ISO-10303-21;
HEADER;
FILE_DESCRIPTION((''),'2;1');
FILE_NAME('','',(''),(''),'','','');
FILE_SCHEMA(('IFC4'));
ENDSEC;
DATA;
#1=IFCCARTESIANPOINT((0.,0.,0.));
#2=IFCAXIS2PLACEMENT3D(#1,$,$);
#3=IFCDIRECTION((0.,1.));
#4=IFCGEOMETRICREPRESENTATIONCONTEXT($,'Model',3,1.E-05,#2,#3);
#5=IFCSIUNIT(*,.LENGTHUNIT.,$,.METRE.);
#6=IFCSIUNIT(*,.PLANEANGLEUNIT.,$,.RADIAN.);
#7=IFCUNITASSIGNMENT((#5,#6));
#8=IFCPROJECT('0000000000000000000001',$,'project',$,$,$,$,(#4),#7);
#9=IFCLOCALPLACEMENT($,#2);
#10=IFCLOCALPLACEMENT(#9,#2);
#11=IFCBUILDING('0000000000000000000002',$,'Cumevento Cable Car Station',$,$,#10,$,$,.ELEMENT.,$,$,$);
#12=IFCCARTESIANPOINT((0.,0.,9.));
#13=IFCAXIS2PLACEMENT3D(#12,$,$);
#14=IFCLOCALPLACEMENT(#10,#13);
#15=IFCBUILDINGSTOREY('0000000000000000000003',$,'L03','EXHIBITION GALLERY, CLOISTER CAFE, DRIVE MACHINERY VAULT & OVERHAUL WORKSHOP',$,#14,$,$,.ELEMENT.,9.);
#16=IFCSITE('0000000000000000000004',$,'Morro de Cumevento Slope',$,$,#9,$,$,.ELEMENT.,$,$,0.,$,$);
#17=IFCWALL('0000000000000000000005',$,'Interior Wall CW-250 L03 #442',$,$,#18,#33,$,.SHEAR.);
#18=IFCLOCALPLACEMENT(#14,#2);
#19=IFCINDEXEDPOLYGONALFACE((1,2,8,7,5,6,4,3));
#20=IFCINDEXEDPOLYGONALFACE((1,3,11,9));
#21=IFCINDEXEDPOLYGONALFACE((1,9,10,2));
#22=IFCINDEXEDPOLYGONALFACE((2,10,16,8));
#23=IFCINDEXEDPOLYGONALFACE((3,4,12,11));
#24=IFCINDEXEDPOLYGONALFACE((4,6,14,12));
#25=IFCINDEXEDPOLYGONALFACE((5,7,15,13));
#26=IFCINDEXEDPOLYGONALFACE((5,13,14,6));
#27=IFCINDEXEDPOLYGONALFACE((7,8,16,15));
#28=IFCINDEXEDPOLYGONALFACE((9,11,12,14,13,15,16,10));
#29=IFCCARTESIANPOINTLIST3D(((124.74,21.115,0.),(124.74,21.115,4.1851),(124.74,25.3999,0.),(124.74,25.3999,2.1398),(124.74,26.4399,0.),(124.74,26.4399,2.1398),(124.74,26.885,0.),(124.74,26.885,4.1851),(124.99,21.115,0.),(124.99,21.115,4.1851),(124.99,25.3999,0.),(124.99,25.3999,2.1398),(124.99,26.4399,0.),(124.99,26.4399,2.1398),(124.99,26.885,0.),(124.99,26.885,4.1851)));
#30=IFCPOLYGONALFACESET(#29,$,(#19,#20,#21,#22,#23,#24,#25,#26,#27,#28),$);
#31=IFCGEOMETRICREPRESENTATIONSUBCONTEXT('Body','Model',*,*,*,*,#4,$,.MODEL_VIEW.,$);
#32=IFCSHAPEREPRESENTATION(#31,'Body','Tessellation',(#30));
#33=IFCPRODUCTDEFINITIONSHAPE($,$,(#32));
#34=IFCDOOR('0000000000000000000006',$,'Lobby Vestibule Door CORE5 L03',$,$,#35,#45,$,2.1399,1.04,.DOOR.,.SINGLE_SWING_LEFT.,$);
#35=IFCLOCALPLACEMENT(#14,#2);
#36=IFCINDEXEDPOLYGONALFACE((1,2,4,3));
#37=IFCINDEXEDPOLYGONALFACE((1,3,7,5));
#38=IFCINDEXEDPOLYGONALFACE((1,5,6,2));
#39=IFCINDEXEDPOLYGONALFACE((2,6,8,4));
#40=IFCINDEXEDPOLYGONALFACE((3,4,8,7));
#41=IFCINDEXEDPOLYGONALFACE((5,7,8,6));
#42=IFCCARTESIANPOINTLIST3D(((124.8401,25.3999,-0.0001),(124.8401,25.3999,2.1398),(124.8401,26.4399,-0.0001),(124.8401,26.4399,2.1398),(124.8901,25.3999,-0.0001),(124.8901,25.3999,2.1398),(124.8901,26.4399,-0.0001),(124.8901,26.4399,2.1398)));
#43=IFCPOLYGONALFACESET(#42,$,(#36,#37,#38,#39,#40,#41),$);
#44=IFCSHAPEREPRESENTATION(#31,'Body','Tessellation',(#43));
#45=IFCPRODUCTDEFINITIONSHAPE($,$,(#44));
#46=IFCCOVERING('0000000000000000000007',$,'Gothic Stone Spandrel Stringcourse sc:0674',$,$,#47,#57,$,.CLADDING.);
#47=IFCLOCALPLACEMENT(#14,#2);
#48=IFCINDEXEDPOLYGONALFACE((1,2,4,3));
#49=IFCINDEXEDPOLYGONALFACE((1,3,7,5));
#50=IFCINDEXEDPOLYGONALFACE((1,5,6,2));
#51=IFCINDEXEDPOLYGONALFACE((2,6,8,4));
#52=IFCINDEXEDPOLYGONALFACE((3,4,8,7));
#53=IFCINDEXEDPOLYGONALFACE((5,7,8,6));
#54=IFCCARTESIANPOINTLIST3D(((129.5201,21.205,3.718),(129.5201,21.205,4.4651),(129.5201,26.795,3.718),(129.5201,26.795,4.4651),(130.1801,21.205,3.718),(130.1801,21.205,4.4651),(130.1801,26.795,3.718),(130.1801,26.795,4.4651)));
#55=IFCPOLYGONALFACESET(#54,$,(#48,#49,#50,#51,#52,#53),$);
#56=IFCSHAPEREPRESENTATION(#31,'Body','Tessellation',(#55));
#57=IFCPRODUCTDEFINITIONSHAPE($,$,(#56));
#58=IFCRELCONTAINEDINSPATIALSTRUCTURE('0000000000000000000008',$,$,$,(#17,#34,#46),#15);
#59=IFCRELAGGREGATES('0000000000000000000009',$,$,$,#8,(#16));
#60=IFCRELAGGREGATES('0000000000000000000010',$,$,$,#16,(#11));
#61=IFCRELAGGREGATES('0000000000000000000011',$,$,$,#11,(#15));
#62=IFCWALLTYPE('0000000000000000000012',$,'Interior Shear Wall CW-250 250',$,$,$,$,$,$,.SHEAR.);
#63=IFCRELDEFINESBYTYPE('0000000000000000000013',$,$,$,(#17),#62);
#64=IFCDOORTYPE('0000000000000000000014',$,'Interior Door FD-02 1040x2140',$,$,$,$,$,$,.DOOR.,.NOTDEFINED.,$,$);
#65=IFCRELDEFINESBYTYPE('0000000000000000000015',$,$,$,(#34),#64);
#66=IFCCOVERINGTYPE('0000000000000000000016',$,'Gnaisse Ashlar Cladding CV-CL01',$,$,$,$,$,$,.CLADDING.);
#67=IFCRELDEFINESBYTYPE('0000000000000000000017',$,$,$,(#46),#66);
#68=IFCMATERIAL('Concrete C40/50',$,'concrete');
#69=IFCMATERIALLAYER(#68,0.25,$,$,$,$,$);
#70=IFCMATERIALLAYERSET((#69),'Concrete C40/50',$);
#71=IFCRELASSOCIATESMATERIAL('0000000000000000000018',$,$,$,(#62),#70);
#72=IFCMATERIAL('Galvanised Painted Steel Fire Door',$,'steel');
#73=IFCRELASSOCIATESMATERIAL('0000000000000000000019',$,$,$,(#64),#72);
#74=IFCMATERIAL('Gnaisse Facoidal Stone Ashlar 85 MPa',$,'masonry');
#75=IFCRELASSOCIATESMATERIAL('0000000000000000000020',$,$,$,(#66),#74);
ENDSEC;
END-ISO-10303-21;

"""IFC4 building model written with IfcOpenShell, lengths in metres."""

from ifc_helpers import new_model, si_unit, direction, frame, frame_2d, origin, origin_2d, place, context, subcontext, project, spatial, rectangle, extrude, material, layer, layer_set, type_object, element, fill, save


model = new_model("IFC4")

# Units and contexts
model_context = context("Model", 3, precision=1e-05, world=origin(), true_north=direction((0.0, 1.0)))
body_context = subcontext(model_context, "Body", "Model", "MODEL_VIEW")
ifc_project = project(units=[si_unit("LENGTHUNIT", "METRE"), si_unit("PLANEANGLEUNIT", "RADIAN")], contexts=[model_context])

# Site, building, storey
site_placement = place(None, origin())
site = spatial("IfcSite", under=ifc_project, at=site_placement, Name="Morro de Cumevento Slope", CompositionType="ELEMENT", RefElevation=0.0)
building_placement = place(site_placement, origin())
building = spatial("IfcBuilding", under=site, at=building_placement, Name="Cumevento Cable Car Station", CompositionType="ELEMENT")
storey_placement = place(building_placement, frame((0.0, 0.0, 9.0)))
storey = spatial("IfcBuildingStorey", under=building, at=storey_placement, Name="L03", Description="EXHIBITION GALLERY, CLOISTER CAFE, DRIVE MACHINERY VAULT & OVERHAUL WORKSHOP", CompositionType="ELEMENT", Elevation=9.0)

# Wall, opening, door
ifc_material_1 = material(Name="Concrete C40/50", Category="concrete")
ifc_layer_1 = layer(ifc_material_1, 0.25)
ifc_layer_set_1 = layer_set([ifc_layer_1], Name="Concrete C40/50")
wall_type_1 = type_object("IfcWallType", Name="Interior Shear Wall CW-250 250", PredefinedType="SHEAR", material=ifc_layer_set_1)
wall_1_placement = place(storey_placement, frame((124.865, 21.115, 0.0), z_axis=(0.0, 0.0, 1.0), x_axis=(0.0, 1.0, 0.0)))
wall_1 = element("IfcWall", 1, at=wall_1_placement, inside=storey, type_object=wall_type_1, Name="Interior Wall CW-250 L03 #442", PredefinedType="SHEAR", context=body_context, shape_type="SweptSolid", body=[
    extrude(rectangle(XDim=5.77, YDim=0.25, at=frame_2d((2.885, 0.0))), origin(), (0.0, 0.0, 1.0), 4.1851),
])
opening_1_placement = place(wall_1_placement, frame((4.2849, 0.0, 0.0)))
opening_1 = element("IfcOpeningElement", 2, at=opening_1_placement, cuts=wall_1, PredefinedType="OPENING", context=body_context, shape_type="SweptSolid", body=[
    extrude(rectangle(XDim=1.04, YDim=2.1399, at=frame_2d((0.52, 1.0698))), frame((0.0, 0.135, 0.0), z_axis=(0.0, -1.0, 0.0), x_axis=(1.0, 0.0, 0.0)), (0.0, 0.0, 1.0), 0.27),
])
ifc_material_2 = material(Name="Galvanised Painted Steel Fire Door", Category="steel")
door_type_1 = type_object("IfcDoorType", Name="Interior Door FD-02 1040x2140", OperationType="NOTDEFINED", PredefinedType="DOOR", material=ifc_material_2)
door_1_placement = place(opening_1_placement, origin())
door_1 = element("IfcDoor", 3, at=door_1_placement, inside=storey, type_object=door_type_1, Name="Lobby Vestibule Door CORE5 L03", OperationType="SINGLE_SWING_LEFT", OverallHeight=2.1399, OverallWidth=1.04, PredefinedType="DOOR", context=body_context, shape_type="SweptSolid", body=[
    extrude(rectangle(XDim=1.04, YDim=2.1399, at=frame_2d((0.52, 1.0698))), frame((0.0, 0.0249, 0.0), z_axis=(0.0, -1.0, 0.0), x_axis=(1.0, 0.0, 0.0)), (0.0, 0.0, 1.0), 0.05),
])
fill(opening_1, door_1)

# Covering
ifc_material_3 = material(Name="Gnaisse Facoidal Stone Ashlar 85 MPa", Category="masonry")
covering_type = type_object("IfcCoveringType", Name="Gnaisse Ashlar Cladding CV-CL01", PredefinedType="CLADDING", material=ifc_material_3)
covering_1_placement = place(storey_placement, frame((129.8501, 24.0, 3.718), z_axis=(0.0, 0.0, 1.0), x_axis=(0.0, -1.0, 0.0)))
element("IfcCovering", 4, at=covering_1_placement, inside=storey, type_object=covering_type, Name="Gothic Stone Spandrel Stringcourse sc:0674", PredefinedType="CLADDING", context=body_context, shape_type="SweptSolid", body=[
    extrude(rectangle(XDim=5.5901, YDim=0.6599, at=origin_2d()), origin(), (0.0, 0.0, 1.0), 0.7471),
])

save(model, "model.ifc")
